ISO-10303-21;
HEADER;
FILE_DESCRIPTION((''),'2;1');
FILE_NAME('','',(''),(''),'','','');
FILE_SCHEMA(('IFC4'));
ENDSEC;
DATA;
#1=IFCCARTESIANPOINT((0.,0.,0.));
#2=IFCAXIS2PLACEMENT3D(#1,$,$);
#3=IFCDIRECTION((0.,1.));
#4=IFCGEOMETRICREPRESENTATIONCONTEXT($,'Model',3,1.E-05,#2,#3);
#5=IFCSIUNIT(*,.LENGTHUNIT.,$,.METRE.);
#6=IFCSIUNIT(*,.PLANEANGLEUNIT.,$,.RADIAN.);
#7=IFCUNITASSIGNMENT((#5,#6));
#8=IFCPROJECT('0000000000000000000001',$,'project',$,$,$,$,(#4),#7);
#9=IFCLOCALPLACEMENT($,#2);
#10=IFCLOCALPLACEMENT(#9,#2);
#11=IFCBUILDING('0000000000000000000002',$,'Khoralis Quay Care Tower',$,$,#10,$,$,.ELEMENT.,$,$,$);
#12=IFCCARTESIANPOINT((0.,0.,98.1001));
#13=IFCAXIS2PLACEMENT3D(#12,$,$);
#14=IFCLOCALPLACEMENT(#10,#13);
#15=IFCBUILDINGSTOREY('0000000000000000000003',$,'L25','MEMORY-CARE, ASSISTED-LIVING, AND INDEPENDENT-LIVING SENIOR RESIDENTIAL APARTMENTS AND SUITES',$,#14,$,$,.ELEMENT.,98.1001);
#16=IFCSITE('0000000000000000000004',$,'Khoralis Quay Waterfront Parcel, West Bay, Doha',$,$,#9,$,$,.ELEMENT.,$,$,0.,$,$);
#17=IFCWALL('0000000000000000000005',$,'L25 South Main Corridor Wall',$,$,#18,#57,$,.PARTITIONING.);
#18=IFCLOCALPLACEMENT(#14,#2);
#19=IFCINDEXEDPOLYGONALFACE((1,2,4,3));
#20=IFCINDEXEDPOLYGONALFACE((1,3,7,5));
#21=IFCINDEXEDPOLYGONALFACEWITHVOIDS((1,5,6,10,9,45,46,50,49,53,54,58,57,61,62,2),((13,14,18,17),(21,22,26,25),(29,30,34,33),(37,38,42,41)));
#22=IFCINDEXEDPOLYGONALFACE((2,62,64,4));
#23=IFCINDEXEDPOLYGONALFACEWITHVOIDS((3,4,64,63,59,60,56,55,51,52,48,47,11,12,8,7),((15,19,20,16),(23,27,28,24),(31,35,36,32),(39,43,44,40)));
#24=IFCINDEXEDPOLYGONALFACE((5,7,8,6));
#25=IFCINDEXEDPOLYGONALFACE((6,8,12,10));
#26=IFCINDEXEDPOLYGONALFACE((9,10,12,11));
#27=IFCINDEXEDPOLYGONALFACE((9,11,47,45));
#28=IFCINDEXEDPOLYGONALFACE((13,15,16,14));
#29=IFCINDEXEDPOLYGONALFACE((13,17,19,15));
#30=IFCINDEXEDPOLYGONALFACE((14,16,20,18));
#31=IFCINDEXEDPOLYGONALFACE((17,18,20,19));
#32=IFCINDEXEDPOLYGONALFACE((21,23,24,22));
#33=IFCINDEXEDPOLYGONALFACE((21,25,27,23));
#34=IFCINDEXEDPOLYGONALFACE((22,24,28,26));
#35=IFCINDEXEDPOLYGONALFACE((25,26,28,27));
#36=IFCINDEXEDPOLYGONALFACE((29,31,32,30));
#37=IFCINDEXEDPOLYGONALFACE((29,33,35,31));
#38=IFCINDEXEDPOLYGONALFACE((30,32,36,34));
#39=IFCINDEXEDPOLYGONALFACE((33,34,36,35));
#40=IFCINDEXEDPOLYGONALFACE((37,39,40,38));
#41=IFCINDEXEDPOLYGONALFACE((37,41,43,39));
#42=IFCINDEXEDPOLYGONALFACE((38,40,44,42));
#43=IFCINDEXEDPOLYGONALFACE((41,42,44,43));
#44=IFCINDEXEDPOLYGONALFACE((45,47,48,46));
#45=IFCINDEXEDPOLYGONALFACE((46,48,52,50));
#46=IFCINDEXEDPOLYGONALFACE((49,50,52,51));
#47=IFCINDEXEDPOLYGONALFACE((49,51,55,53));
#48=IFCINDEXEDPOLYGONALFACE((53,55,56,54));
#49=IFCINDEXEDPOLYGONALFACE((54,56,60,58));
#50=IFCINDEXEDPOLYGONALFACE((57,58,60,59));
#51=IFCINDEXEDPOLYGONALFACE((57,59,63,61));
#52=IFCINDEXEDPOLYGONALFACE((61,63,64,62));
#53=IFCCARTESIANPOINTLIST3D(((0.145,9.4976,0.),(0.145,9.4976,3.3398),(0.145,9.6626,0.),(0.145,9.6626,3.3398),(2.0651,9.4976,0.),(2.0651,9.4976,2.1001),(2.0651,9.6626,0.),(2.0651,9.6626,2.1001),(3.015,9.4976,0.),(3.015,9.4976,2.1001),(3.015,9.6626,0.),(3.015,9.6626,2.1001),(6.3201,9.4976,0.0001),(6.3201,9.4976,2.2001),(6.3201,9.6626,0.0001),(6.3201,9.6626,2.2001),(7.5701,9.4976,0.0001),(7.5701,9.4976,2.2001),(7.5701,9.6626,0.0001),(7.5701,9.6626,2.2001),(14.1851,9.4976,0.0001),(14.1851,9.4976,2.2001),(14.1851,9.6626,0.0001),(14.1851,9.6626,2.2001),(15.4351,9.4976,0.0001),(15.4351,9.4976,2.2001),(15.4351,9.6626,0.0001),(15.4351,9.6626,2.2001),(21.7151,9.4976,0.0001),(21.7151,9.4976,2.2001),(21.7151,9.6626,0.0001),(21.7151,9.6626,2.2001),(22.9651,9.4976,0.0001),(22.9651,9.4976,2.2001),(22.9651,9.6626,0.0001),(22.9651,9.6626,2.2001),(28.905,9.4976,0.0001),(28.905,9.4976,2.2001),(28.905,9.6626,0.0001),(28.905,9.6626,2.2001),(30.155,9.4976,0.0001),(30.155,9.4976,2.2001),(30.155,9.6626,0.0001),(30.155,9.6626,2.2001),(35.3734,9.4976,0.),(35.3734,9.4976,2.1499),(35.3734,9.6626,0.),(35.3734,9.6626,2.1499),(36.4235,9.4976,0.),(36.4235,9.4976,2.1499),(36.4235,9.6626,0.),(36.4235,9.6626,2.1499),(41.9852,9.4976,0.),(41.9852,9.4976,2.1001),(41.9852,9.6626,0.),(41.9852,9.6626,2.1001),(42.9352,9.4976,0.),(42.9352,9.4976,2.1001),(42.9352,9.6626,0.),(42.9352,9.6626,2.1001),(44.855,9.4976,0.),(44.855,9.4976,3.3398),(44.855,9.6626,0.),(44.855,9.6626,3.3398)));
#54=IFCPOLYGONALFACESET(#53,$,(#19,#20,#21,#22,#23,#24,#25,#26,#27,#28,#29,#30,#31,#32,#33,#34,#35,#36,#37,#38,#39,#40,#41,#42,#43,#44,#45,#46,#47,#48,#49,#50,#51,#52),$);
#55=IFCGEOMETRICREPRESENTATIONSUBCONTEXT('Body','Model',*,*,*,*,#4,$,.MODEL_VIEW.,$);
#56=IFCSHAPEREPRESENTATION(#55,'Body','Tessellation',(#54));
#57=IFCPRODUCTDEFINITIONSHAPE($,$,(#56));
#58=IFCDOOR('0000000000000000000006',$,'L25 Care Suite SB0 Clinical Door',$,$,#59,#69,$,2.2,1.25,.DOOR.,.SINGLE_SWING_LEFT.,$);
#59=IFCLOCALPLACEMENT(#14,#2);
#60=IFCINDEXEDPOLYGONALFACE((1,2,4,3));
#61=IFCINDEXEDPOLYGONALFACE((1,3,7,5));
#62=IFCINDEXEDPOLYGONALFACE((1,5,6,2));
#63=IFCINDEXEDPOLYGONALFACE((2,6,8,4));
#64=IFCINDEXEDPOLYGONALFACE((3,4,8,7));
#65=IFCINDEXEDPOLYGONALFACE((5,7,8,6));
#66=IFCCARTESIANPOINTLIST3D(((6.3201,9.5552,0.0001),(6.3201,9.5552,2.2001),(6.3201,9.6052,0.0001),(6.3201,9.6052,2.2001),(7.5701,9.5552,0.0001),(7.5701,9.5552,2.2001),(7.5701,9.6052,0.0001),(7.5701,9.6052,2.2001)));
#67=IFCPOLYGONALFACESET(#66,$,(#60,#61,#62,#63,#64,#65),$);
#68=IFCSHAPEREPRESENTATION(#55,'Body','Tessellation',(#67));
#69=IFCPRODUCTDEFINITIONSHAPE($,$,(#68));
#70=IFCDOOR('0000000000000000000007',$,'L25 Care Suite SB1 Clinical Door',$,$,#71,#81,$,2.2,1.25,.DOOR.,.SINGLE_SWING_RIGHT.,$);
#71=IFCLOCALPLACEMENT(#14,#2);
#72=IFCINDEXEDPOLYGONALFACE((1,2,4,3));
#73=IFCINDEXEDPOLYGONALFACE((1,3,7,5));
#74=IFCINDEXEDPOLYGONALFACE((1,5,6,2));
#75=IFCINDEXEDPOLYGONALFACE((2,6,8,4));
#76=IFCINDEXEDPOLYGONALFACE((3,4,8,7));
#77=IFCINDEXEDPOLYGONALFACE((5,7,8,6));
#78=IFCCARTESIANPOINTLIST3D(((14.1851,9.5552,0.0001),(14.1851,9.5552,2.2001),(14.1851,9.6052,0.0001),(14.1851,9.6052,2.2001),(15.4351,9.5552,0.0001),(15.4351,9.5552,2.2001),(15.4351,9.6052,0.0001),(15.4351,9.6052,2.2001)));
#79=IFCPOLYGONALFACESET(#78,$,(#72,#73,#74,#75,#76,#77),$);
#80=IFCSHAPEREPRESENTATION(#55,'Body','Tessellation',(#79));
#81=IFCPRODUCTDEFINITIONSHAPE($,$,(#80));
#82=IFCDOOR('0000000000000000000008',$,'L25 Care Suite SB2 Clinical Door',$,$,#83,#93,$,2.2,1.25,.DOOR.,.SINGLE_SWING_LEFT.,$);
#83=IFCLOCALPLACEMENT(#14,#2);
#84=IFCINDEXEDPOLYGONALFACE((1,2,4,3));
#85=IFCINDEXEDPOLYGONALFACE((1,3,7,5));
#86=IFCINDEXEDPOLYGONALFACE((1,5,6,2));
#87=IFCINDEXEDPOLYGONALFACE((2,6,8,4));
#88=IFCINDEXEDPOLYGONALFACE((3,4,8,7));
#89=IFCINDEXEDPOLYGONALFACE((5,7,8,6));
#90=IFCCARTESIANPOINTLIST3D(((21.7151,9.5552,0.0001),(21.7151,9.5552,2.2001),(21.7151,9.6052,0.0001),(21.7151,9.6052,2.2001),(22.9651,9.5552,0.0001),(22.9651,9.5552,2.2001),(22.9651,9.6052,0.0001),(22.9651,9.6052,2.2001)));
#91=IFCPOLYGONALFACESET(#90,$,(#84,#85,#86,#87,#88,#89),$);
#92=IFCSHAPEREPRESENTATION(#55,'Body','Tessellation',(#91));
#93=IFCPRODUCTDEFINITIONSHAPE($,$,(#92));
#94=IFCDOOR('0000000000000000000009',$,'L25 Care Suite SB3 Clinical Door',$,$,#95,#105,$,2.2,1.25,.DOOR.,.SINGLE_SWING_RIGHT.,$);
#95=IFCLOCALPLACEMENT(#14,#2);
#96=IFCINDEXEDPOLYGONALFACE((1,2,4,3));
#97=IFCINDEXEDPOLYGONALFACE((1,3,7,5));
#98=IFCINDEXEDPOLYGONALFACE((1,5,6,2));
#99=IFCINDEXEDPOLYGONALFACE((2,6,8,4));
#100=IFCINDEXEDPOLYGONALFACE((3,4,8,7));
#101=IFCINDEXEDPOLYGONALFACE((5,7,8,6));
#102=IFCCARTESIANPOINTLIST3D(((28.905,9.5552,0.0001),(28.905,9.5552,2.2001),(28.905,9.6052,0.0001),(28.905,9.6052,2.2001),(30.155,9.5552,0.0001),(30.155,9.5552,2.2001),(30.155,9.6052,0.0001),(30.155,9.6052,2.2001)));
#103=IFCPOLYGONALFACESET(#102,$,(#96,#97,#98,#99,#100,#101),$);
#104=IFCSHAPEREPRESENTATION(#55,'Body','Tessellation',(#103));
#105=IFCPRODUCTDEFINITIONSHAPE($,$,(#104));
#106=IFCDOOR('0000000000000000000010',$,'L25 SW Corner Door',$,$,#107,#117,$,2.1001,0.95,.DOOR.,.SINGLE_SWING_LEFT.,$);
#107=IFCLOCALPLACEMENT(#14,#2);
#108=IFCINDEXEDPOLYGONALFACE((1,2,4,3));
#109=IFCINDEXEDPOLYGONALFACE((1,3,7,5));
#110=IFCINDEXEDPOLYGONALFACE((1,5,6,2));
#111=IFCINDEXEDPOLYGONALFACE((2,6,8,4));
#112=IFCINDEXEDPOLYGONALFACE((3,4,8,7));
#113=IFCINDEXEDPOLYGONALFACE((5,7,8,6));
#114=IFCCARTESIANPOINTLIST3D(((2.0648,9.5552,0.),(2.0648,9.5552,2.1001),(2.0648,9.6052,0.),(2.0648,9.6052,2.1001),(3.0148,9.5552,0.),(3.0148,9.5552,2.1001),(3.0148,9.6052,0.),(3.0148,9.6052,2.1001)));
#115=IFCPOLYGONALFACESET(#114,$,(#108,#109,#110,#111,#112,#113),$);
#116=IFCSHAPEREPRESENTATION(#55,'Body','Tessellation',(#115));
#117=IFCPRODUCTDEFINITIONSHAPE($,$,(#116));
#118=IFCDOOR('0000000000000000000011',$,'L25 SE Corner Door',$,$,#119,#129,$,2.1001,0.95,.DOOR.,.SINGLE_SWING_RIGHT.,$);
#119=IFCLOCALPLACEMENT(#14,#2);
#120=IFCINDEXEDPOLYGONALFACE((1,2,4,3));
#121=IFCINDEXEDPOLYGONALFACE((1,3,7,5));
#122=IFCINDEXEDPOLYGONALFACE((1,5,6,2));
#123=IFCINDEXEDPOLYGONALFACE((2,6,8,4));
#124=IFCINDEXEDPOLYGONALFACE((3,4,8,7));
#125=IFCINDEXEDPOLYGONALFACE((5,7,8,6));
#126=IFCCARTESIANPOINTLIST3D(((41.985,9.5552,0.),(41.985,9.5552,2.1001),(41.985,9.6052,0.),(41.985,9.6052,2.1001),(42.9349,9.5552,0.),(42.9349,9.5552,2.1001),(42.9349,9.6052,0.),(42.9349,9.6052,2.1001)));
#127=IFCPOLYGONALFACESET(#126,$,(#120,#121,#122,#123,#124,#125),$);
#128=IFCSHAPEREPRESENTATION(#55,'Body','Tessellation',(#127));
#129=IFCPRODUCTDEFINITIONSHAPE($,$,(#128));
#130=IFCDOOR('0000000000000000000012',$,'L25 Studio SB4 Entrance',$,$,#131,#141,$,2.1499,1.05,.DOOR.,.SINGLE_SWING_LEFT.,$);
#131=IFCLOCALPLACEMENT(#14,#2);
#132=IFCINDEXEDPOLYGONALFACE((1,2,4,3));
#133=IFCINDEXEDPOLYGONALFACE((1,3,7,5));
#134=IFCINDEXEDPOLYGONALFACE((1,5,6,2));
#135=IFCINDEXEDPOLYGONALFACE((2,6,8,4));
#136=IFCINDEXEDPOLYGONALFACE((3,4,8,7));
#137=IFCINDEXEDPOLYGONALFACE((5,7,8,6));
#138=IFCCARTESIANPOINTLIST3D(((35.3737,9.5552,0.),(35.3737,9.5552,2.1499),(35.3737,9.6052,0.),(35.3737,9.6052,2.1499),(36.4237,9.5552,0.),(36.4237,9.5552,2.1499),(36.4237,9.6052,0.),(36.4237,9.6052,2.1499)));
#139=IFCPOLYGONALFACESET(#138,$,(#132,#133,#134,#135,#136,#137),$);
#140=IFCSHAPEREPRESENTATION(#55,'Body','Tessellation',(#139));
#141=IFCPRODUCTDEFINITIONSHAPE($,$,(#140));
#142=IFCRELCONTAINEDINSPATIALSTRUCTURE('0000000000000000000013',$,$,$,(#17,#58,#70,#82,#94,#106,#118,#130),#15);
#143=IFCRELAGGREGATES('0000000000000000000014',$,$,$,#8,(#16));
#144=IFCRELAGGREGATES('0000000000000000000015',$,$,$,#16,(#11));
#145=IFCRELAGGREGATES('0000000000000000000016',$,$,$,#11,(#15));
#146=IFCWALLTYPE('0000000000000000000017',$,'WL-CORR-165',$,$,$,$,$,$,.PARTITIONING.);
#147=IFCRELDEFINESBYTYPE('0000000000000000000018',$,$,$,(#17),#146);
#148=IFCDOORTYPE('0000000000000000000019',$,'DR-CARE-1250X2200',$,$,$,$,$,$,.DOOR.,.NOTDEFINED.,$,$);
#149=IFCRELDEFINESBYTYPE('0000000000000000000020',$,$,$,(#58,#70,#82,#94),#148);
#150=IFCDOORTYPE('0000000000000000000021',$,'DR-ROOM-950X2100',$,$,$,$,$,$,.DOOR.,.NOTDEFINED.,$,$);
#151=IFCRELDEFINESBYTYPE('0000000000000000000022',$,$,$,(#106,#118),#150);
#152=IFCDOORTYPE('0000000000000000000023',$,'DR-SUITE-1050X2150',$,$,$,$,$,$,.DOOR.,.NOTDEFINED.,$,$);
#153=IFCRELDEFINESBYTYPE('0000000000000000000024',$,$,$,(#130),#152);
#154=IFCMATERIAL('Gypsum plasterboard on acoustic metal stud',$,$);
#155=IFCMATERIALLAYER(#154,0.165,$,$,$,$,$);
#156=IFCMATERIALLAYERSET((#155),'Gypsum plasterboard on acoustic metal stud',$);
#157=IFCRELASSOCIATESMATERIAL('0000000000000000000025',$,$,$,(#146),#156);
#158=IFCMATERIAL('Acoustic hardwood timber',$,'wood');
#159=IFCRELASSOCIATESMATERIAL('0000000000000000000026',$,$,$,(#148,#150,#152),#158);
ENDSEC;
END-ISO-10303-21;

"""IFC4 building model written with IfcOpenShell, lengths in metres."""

from ifc_helpers import new_model, si_unit, direction, frame, frame_2d, origin, place, context, subcontext, project, spatial, rectangle, extrude, source, transform, mapped, material, layer, layer_set, type_object, element, fill, save


model = new_model("IFC4")

# Units and contexts
model_context = context("Model", 3, precision=1e-05, world=origin(), true_north=direction((0.0, 1.0)))
body_context = subcontext(model_context, "Body", "Model", "MODEL_VIEW")
ifc_project = project(units=[si_unit("LENGTHUNIT", "METRE"), si_unit("PLANEANGLEUNIT", "RADIAN")], contexts=[model_context])

# Site, building, storey
site_placement = place(None, origin())
site = spatial("IfcSite", under=ifc_project, at=site_placement, Name="Khoralis Quay Waterfront Parcel, West Bay, Doha", CompositionType="ELEMENT", RefElevation=0.0)
building_placement = place(site_placement, origin())
building = spatial("IfcBuilding", under=site, at=building_placement, Name="Khoralis Quay Care Tower", CompositionType="ELEMENT")
storey_placement = place(building_placement, frame((0.0, 0.0, 98.1001)))
storey = spatial("IfcBuildingStorey", under=building, at=storey_placement, Name="L25", Description="MEMORY-CARE, ASSISTED-LIVING, AND INDEPENDENT-LIVING SENIOR RESIDENTIAL APARTMENTS AND SUITES", CompositionType="ELEMENT", Elevation=98.1001)

# Wall, openings, doors
ifc_material_1 = material(Name="Gypsum plasterboard on acoustic metal stud")
ifc_layer_1 = layer(ifc_material_1, 0.165)
ifc_layer_set_1 = layer_set([ifc_layer_1], Name="Gypsum plasterboard on acoustic metal stud")
wall_type_1 = type_object("IfcWallType", Name="WL-CORR-165", PredefinedType="PARTITIONING", material=ifc_layer_set_1)
wall_1_placement = place(storey_placement, frame((0.145, 9.5801, 0.0), z_axis=(0.0, 0.0, 1.0), x_axis=(1.0, 0.0, 0.0)))
wall_1 = element("IfcWall", 1, at=wall_1_placement, inside=storey, type_object=wall_type_1, Name="L25 South Main Corridor Wall", PredefinedType="PARTITIONING", context=body_context, shape_type="SweptSolid", body=[
    extrude(rectangle(XDim=44.71, YDim=0.165, at=frame_2d((22.355, 0.0))), origin(), (0.0, 0.0, 1.0), 3.3398),
])
opening_1_placement = place(wall_1_placement, frame((6.175, 0.0, 0.0)))
opening_1 = element("IfcOpeningElement", 2, at=opening_1_placement, cuts=wall_1, PredefinedType="OPENING", context=body_context, shape_type="SweptSolid", body=[
    extrude(rectangle(XDim=1.25, YDim=2.2, at=frame_2d((0.625, 1.1001))), frame((0.0, 0.0925, 0.0), z_axis=(0.0, -1.0, 0.0), x_axis=(1.0, 0.0, 0.0)), (0.0, 0.0, 1.0), 0.1851),
])
opening_2_placement = place(wall_1_placement, frame((14.04, 0.0, 0.0)))
opening_2 = element("IfcOpeningElement", 3, at=opening_2_placement, cuts=wall_1, PredefinedType="OPENING", context=body_context, shape_type="SweptSolid", body=[
    extrude(rectangle(XDim=1.25, YDim=2.2, at=frame_2d((0.625, 1.1001))), frame((0.0, 0.0925, 0.0), z_axis=(0.0, -1.0, 0.0), x_axis=(1.0, 0.0, 0.0)), (0.0, 0.0, 1.0), 0.1851),
])
opening_3_placement = place(wall_1_placement, frame((21.5701, 0.0, 0.0)))
opening_3 = element("IfcOpeningElement", 4, at=opening_3_placement, cuts=wall_1, PredefinedType="OPENING", context=body_context, shape_type="SweptSolid", body=[
    extrude(rectangle(XDim=1.25, YDim=2.2, at=frame_2d((0.625, 1.1001))), frame((0.0, 0.0925, 0.0), z_axis=(0.0, -1.0, 0.0), x_axis=(1.0, 0.0, 0.0)), (0.0, 0.0, 1.0), 0.1851),
])
opening_4_placement = place(wall_1_placement, frame((28.76, 0.0, 0.0)))
opening_4 = element("IfcOpeningElement", 5, at=opening_4_placement, cuts=wall_1, PredefinedType="OPENING", context=body_context, shape_type="SweptSolid", body=[
    extrude(rectangle(XDim=1.25, YDim=2.2, at=frame_2d((0.625, 1.1001))), frame((0.0, 0.0925, 0.0), z_axis=(0.0, -1.0, 0.0), x_axis=(1.0, 0.0, 0.0)), (0.0, 0.0, 1.0), 0.1851),
])
opening_5_placement = place(wall_1_placement, frame((35.2285, 0.0, 0.0)))
opening_5 = element("IfcOpeningElement", 6, at=opening_5_placement, cuts=wall_1, PredefinedType="OPENING", context=body_context, shape_type="SweptSolid", body=[
    extrude(rectangle(XDim=1.05, YDim=2.1499, at=frame_2d((0.5249, 1.075))), frame((0.0, 0.0925, 0.0), z_axis=(0.0, -1.0, 0.0), x_axis=(1.0, 0.0, 0.0)), (0.0, 0.0, 1.0), 0.1851),
])
opening_6_placement = place(wall_1_placement, frame((1.9199, 0.0, 0.0)))
opening_6 = element("IfcOpeningElement", 7, at=opening_6_placement, cuts=wall_1, PredefinedType="OPENING", context=body_context, shape_type="SweptSolid", body=[
    extrude(rectangle(XDim=0.95, YDim=2.1001, at=frame_2d((0.4751, 1.05))), frame((0.0, 0.0925, 0.0), z_axis=(0.0, -1.0, 0.0), x_axis=(1.0, 0.0, 0.0)), (0.0, 0.0, 1.0), 0.1851),
])
opening_7_placement = place(wall_1_placement, frame((41.8401, 0.0, 0.0)))
opening_7 = element("IfcOpeningElement", 8, at=opening_7_placement, cuts=wall_1, PredefinedType="OPENING", context=body_context, shape_type="SweptSolid", body=[
    extrude(rectangle(XDim=0.95, YDim=2.1001, at=frame_2d((0.4751, 1.05))), frame((0.0, 0.0925, 0.0), z_axis=(0.0, -1.0, 0.0), x_axis=(1.0, 0.0, 0.0)), (0.0, 0.0, 1.0), 0.1851),
])
ifc_material_2 = material(Name="Acoustic hardwood timber", Category="wood")
door_type_1 = type_object("IfcDoorType", Name="DR-CARE-1250X2200", OperationType="NOTDEFINED", PredefinedType="DOOR", material=ifc_material_2)
shared_shape_1 = source(origin(), body_context, "Body", "SweptSolid", [
    extrude(rectangle(XDim=1.25, YDim=2.2, at=frame_2d((0.625, 1.1001))), frame((0.0, 0.0249, 0.0), z_axis=(0.0, -1.0, 0.0), x_axis=(1.0, 0.0, 0.0)), (0.0, 0.0, 1.0), 0.05),
])
door_1_placement = place(opening_1_placement, frame((1.25, 0.0, 0.0), z_axis=(0.0, 0.0, 1.0), x_axis=(-1.0, 0.0, 0.0)))
door_1 = element("IfcDoor", 9, at=door_1_placement, inside=storey, type_object=door_type_1, Name="L25 Care Suite SB0 Clinical Door", OperationType="SINGLE_SWING_LEFT", OverallHeight=2.2, OverallWidth=1.25, PredefinedType="DOOR", context=body_context, shape_type="MappedRepresentation", body=[
    mapped(shared_shape_1, transform((0.0, 0.0, 0.0), scale=1.0)),
])
fill(opening_1, door_1)
door_2_placement = place(opening_2_placement, frame((1.25, 0.0, 0.0), z_axis=(0.0, 0.0, 1.0), x_axis=(-1.0, 0.0, 0.0)))
door_2 = element("IfcDoor", 10, at=door_2_placement, inside=storey, type_object=door_type_1, Name="L25 Care Suite SB1 Clinical Door", OperationType="SINGLE_SWING_RIGHT", OverallHeight=2.2, OverallWidth=1.25, PredefinedType="DOOR", context=body_context, shape_type="MappedRepresentation", body=[
    mapped(shared_shape_1, transform((0.0, 0.0, 0.0), scale=1.0)),
])
fill(opening_2, door_2)
door_3_placement = place(opening_3_placement, frame((1.25, 0.0, 0.0), z_axis=(0.0, 0.0, 1.0), x_axis=(-1.0, 0.0, 0.0)))
door_3 = element("IfcDoor", 11, at=door_3_placement, inside=storey, type_object=door_type_1, Name="L25 Care Suite SB2 Clinical Door", OperationType="SINGLE_SWING_LEFT", OverallHeight=2.2, OverallWidth=1.25, PredefinedType="DOOR", context=body_context, shape_type="MappedRepresentation", body=[
    mapped(shared_shape_1, transform((0.0, 0.0, 0.0), scale=1.0)),
])
fill(opening_3, door_3)
door_4_placement = place(opening_4_placement, frame((1.25, 0.0, 0.0), z_axis=(0.0, 0.0, 1.0), x_axis=(-1.0, 0.0, 0.0)))
door_4 = element("IfcDoor", 12, at=door_4_placement, inside=storey, type_object=door_type_1, Name="L25 Care Suite SB3 Clinical Door", OperationType="SINGLE_SWING_RIGHT", OverallHeight=2.2, OverallWidth=1.25, PredefinedType="DOOR", context=body_context, shape_type="MappedRepresentation", body=[
    mapped(shared_shape_1, transform((0.0, 0.0, 0.0), scale=1.0)),
])
fill(opening_4, door_4)
door_type_2 = type_object("IfcDoorType", Name="DR-ROOM-950X2100", OperationType="NOTDEFINED", PredefinedType="DOOR", material=ifc_material_2)
shared_shape_2 = source(origin(), body_context, "Body", "SweptSolid", [
    extrude(rectangle(XDim=0.95, YDim=2.1001, at=frame_2d((0.4751, 1.05))), frame((0.0, 0.0249, 0.0), z_axis=(0.0, -1.0, 0.0), x_axis=(1.0, 0.0, 0.0)), (0.0, 0.0, 1.0), 0.05),
])
door_5_placement = place(opening_6_placement, frame((0.95, 0.0, 0.0), z_axis=(0.0, 0.0, 1.0), x_axis=(-1.0, 0.0, 0.0)))
door_5 = element("IfcDoor", 13, at=door_5_placement, inside=storey, type_object=door_type_2, Name="L25 SW Corner Door", OperationType="SINGLE_SWING_LEFT", OverallHeight=2.1001, OverallWidth=0.95, PredefinedType="DOOR", context=body_context, shape_type="MappedRepresentation", body=[
    mapped(shared_shape_2, transform((0.0, 0.0, 0.0), scale=1.0)),
])
fill(opening_6, door_5)
door_6_placement = place(opening_7_placement, frame((0.95, 0.0, 0.0), z_axis=(0.0, 0.0, 1.0), x_axis=(-1.0, 0.0, 0.0)))
door_6 = element("IfcDoor", 14, at=door_6_placement, inside=storey, type_object=door_type_2, Name="L25 SE Corner Door", OperationType="SINGLE_SWING_RIGHT", OverallHeight=2.1001, OverallWidth=0.95, PredefinedType="DOOR", context=body_context, shape_type="MappedRepresentation", body=[
    mapped(shared_shape_2, transform((0.0, 0.0, 0.0), scale=1.0)),
])
fill(opening_7, door_6)
door_type_3 = type_object("IfcDoorType", Name="DR-SUITE-1050X2150", OperationType="NOTDEFINED", PredefinedType="DOOR", material=ifc_material_2)
shared_shape_3 = source(origin(), body_context, "Body", "SweptSolid", [
    extrude(rectangle(XDim=1.05, YDim=2.1499, at=frame_2d((0.5249, 1.075))), frame((0.0, 0.0249, 0.0), z_axis=(0.0, -1.0, 0.0), x_axis=(1.0, 0.0, 0.0)), (0.0, 0.0, 1.0), 0.05),
])
door_7_placement = place(opening_5_placement, frame((1.05, 0.0, 0.0), z_axis=(0.0, 0.0, 1.0), x_axis=(-1.0, 0.0, 0.0)))
door_7 = element("IfcDoor", 15, at=door_7_placement, inside=storey, type_object=door_type_3, Name="L25 Studio SB4 Entrance", OperationType="SINGLE_SWING_LEFT", OverallHeight=2.1499, OverallWidth=1.05, PredefinedType="DOOR", context=body_context, shape_type="MappedRepresentation", body=[
    mapped(shared_shape_3, transform((0.0, 0.0, 0.0), scale=1.0)),
])
fill(opening_5, door_7)

save(model, "model.ifc")
